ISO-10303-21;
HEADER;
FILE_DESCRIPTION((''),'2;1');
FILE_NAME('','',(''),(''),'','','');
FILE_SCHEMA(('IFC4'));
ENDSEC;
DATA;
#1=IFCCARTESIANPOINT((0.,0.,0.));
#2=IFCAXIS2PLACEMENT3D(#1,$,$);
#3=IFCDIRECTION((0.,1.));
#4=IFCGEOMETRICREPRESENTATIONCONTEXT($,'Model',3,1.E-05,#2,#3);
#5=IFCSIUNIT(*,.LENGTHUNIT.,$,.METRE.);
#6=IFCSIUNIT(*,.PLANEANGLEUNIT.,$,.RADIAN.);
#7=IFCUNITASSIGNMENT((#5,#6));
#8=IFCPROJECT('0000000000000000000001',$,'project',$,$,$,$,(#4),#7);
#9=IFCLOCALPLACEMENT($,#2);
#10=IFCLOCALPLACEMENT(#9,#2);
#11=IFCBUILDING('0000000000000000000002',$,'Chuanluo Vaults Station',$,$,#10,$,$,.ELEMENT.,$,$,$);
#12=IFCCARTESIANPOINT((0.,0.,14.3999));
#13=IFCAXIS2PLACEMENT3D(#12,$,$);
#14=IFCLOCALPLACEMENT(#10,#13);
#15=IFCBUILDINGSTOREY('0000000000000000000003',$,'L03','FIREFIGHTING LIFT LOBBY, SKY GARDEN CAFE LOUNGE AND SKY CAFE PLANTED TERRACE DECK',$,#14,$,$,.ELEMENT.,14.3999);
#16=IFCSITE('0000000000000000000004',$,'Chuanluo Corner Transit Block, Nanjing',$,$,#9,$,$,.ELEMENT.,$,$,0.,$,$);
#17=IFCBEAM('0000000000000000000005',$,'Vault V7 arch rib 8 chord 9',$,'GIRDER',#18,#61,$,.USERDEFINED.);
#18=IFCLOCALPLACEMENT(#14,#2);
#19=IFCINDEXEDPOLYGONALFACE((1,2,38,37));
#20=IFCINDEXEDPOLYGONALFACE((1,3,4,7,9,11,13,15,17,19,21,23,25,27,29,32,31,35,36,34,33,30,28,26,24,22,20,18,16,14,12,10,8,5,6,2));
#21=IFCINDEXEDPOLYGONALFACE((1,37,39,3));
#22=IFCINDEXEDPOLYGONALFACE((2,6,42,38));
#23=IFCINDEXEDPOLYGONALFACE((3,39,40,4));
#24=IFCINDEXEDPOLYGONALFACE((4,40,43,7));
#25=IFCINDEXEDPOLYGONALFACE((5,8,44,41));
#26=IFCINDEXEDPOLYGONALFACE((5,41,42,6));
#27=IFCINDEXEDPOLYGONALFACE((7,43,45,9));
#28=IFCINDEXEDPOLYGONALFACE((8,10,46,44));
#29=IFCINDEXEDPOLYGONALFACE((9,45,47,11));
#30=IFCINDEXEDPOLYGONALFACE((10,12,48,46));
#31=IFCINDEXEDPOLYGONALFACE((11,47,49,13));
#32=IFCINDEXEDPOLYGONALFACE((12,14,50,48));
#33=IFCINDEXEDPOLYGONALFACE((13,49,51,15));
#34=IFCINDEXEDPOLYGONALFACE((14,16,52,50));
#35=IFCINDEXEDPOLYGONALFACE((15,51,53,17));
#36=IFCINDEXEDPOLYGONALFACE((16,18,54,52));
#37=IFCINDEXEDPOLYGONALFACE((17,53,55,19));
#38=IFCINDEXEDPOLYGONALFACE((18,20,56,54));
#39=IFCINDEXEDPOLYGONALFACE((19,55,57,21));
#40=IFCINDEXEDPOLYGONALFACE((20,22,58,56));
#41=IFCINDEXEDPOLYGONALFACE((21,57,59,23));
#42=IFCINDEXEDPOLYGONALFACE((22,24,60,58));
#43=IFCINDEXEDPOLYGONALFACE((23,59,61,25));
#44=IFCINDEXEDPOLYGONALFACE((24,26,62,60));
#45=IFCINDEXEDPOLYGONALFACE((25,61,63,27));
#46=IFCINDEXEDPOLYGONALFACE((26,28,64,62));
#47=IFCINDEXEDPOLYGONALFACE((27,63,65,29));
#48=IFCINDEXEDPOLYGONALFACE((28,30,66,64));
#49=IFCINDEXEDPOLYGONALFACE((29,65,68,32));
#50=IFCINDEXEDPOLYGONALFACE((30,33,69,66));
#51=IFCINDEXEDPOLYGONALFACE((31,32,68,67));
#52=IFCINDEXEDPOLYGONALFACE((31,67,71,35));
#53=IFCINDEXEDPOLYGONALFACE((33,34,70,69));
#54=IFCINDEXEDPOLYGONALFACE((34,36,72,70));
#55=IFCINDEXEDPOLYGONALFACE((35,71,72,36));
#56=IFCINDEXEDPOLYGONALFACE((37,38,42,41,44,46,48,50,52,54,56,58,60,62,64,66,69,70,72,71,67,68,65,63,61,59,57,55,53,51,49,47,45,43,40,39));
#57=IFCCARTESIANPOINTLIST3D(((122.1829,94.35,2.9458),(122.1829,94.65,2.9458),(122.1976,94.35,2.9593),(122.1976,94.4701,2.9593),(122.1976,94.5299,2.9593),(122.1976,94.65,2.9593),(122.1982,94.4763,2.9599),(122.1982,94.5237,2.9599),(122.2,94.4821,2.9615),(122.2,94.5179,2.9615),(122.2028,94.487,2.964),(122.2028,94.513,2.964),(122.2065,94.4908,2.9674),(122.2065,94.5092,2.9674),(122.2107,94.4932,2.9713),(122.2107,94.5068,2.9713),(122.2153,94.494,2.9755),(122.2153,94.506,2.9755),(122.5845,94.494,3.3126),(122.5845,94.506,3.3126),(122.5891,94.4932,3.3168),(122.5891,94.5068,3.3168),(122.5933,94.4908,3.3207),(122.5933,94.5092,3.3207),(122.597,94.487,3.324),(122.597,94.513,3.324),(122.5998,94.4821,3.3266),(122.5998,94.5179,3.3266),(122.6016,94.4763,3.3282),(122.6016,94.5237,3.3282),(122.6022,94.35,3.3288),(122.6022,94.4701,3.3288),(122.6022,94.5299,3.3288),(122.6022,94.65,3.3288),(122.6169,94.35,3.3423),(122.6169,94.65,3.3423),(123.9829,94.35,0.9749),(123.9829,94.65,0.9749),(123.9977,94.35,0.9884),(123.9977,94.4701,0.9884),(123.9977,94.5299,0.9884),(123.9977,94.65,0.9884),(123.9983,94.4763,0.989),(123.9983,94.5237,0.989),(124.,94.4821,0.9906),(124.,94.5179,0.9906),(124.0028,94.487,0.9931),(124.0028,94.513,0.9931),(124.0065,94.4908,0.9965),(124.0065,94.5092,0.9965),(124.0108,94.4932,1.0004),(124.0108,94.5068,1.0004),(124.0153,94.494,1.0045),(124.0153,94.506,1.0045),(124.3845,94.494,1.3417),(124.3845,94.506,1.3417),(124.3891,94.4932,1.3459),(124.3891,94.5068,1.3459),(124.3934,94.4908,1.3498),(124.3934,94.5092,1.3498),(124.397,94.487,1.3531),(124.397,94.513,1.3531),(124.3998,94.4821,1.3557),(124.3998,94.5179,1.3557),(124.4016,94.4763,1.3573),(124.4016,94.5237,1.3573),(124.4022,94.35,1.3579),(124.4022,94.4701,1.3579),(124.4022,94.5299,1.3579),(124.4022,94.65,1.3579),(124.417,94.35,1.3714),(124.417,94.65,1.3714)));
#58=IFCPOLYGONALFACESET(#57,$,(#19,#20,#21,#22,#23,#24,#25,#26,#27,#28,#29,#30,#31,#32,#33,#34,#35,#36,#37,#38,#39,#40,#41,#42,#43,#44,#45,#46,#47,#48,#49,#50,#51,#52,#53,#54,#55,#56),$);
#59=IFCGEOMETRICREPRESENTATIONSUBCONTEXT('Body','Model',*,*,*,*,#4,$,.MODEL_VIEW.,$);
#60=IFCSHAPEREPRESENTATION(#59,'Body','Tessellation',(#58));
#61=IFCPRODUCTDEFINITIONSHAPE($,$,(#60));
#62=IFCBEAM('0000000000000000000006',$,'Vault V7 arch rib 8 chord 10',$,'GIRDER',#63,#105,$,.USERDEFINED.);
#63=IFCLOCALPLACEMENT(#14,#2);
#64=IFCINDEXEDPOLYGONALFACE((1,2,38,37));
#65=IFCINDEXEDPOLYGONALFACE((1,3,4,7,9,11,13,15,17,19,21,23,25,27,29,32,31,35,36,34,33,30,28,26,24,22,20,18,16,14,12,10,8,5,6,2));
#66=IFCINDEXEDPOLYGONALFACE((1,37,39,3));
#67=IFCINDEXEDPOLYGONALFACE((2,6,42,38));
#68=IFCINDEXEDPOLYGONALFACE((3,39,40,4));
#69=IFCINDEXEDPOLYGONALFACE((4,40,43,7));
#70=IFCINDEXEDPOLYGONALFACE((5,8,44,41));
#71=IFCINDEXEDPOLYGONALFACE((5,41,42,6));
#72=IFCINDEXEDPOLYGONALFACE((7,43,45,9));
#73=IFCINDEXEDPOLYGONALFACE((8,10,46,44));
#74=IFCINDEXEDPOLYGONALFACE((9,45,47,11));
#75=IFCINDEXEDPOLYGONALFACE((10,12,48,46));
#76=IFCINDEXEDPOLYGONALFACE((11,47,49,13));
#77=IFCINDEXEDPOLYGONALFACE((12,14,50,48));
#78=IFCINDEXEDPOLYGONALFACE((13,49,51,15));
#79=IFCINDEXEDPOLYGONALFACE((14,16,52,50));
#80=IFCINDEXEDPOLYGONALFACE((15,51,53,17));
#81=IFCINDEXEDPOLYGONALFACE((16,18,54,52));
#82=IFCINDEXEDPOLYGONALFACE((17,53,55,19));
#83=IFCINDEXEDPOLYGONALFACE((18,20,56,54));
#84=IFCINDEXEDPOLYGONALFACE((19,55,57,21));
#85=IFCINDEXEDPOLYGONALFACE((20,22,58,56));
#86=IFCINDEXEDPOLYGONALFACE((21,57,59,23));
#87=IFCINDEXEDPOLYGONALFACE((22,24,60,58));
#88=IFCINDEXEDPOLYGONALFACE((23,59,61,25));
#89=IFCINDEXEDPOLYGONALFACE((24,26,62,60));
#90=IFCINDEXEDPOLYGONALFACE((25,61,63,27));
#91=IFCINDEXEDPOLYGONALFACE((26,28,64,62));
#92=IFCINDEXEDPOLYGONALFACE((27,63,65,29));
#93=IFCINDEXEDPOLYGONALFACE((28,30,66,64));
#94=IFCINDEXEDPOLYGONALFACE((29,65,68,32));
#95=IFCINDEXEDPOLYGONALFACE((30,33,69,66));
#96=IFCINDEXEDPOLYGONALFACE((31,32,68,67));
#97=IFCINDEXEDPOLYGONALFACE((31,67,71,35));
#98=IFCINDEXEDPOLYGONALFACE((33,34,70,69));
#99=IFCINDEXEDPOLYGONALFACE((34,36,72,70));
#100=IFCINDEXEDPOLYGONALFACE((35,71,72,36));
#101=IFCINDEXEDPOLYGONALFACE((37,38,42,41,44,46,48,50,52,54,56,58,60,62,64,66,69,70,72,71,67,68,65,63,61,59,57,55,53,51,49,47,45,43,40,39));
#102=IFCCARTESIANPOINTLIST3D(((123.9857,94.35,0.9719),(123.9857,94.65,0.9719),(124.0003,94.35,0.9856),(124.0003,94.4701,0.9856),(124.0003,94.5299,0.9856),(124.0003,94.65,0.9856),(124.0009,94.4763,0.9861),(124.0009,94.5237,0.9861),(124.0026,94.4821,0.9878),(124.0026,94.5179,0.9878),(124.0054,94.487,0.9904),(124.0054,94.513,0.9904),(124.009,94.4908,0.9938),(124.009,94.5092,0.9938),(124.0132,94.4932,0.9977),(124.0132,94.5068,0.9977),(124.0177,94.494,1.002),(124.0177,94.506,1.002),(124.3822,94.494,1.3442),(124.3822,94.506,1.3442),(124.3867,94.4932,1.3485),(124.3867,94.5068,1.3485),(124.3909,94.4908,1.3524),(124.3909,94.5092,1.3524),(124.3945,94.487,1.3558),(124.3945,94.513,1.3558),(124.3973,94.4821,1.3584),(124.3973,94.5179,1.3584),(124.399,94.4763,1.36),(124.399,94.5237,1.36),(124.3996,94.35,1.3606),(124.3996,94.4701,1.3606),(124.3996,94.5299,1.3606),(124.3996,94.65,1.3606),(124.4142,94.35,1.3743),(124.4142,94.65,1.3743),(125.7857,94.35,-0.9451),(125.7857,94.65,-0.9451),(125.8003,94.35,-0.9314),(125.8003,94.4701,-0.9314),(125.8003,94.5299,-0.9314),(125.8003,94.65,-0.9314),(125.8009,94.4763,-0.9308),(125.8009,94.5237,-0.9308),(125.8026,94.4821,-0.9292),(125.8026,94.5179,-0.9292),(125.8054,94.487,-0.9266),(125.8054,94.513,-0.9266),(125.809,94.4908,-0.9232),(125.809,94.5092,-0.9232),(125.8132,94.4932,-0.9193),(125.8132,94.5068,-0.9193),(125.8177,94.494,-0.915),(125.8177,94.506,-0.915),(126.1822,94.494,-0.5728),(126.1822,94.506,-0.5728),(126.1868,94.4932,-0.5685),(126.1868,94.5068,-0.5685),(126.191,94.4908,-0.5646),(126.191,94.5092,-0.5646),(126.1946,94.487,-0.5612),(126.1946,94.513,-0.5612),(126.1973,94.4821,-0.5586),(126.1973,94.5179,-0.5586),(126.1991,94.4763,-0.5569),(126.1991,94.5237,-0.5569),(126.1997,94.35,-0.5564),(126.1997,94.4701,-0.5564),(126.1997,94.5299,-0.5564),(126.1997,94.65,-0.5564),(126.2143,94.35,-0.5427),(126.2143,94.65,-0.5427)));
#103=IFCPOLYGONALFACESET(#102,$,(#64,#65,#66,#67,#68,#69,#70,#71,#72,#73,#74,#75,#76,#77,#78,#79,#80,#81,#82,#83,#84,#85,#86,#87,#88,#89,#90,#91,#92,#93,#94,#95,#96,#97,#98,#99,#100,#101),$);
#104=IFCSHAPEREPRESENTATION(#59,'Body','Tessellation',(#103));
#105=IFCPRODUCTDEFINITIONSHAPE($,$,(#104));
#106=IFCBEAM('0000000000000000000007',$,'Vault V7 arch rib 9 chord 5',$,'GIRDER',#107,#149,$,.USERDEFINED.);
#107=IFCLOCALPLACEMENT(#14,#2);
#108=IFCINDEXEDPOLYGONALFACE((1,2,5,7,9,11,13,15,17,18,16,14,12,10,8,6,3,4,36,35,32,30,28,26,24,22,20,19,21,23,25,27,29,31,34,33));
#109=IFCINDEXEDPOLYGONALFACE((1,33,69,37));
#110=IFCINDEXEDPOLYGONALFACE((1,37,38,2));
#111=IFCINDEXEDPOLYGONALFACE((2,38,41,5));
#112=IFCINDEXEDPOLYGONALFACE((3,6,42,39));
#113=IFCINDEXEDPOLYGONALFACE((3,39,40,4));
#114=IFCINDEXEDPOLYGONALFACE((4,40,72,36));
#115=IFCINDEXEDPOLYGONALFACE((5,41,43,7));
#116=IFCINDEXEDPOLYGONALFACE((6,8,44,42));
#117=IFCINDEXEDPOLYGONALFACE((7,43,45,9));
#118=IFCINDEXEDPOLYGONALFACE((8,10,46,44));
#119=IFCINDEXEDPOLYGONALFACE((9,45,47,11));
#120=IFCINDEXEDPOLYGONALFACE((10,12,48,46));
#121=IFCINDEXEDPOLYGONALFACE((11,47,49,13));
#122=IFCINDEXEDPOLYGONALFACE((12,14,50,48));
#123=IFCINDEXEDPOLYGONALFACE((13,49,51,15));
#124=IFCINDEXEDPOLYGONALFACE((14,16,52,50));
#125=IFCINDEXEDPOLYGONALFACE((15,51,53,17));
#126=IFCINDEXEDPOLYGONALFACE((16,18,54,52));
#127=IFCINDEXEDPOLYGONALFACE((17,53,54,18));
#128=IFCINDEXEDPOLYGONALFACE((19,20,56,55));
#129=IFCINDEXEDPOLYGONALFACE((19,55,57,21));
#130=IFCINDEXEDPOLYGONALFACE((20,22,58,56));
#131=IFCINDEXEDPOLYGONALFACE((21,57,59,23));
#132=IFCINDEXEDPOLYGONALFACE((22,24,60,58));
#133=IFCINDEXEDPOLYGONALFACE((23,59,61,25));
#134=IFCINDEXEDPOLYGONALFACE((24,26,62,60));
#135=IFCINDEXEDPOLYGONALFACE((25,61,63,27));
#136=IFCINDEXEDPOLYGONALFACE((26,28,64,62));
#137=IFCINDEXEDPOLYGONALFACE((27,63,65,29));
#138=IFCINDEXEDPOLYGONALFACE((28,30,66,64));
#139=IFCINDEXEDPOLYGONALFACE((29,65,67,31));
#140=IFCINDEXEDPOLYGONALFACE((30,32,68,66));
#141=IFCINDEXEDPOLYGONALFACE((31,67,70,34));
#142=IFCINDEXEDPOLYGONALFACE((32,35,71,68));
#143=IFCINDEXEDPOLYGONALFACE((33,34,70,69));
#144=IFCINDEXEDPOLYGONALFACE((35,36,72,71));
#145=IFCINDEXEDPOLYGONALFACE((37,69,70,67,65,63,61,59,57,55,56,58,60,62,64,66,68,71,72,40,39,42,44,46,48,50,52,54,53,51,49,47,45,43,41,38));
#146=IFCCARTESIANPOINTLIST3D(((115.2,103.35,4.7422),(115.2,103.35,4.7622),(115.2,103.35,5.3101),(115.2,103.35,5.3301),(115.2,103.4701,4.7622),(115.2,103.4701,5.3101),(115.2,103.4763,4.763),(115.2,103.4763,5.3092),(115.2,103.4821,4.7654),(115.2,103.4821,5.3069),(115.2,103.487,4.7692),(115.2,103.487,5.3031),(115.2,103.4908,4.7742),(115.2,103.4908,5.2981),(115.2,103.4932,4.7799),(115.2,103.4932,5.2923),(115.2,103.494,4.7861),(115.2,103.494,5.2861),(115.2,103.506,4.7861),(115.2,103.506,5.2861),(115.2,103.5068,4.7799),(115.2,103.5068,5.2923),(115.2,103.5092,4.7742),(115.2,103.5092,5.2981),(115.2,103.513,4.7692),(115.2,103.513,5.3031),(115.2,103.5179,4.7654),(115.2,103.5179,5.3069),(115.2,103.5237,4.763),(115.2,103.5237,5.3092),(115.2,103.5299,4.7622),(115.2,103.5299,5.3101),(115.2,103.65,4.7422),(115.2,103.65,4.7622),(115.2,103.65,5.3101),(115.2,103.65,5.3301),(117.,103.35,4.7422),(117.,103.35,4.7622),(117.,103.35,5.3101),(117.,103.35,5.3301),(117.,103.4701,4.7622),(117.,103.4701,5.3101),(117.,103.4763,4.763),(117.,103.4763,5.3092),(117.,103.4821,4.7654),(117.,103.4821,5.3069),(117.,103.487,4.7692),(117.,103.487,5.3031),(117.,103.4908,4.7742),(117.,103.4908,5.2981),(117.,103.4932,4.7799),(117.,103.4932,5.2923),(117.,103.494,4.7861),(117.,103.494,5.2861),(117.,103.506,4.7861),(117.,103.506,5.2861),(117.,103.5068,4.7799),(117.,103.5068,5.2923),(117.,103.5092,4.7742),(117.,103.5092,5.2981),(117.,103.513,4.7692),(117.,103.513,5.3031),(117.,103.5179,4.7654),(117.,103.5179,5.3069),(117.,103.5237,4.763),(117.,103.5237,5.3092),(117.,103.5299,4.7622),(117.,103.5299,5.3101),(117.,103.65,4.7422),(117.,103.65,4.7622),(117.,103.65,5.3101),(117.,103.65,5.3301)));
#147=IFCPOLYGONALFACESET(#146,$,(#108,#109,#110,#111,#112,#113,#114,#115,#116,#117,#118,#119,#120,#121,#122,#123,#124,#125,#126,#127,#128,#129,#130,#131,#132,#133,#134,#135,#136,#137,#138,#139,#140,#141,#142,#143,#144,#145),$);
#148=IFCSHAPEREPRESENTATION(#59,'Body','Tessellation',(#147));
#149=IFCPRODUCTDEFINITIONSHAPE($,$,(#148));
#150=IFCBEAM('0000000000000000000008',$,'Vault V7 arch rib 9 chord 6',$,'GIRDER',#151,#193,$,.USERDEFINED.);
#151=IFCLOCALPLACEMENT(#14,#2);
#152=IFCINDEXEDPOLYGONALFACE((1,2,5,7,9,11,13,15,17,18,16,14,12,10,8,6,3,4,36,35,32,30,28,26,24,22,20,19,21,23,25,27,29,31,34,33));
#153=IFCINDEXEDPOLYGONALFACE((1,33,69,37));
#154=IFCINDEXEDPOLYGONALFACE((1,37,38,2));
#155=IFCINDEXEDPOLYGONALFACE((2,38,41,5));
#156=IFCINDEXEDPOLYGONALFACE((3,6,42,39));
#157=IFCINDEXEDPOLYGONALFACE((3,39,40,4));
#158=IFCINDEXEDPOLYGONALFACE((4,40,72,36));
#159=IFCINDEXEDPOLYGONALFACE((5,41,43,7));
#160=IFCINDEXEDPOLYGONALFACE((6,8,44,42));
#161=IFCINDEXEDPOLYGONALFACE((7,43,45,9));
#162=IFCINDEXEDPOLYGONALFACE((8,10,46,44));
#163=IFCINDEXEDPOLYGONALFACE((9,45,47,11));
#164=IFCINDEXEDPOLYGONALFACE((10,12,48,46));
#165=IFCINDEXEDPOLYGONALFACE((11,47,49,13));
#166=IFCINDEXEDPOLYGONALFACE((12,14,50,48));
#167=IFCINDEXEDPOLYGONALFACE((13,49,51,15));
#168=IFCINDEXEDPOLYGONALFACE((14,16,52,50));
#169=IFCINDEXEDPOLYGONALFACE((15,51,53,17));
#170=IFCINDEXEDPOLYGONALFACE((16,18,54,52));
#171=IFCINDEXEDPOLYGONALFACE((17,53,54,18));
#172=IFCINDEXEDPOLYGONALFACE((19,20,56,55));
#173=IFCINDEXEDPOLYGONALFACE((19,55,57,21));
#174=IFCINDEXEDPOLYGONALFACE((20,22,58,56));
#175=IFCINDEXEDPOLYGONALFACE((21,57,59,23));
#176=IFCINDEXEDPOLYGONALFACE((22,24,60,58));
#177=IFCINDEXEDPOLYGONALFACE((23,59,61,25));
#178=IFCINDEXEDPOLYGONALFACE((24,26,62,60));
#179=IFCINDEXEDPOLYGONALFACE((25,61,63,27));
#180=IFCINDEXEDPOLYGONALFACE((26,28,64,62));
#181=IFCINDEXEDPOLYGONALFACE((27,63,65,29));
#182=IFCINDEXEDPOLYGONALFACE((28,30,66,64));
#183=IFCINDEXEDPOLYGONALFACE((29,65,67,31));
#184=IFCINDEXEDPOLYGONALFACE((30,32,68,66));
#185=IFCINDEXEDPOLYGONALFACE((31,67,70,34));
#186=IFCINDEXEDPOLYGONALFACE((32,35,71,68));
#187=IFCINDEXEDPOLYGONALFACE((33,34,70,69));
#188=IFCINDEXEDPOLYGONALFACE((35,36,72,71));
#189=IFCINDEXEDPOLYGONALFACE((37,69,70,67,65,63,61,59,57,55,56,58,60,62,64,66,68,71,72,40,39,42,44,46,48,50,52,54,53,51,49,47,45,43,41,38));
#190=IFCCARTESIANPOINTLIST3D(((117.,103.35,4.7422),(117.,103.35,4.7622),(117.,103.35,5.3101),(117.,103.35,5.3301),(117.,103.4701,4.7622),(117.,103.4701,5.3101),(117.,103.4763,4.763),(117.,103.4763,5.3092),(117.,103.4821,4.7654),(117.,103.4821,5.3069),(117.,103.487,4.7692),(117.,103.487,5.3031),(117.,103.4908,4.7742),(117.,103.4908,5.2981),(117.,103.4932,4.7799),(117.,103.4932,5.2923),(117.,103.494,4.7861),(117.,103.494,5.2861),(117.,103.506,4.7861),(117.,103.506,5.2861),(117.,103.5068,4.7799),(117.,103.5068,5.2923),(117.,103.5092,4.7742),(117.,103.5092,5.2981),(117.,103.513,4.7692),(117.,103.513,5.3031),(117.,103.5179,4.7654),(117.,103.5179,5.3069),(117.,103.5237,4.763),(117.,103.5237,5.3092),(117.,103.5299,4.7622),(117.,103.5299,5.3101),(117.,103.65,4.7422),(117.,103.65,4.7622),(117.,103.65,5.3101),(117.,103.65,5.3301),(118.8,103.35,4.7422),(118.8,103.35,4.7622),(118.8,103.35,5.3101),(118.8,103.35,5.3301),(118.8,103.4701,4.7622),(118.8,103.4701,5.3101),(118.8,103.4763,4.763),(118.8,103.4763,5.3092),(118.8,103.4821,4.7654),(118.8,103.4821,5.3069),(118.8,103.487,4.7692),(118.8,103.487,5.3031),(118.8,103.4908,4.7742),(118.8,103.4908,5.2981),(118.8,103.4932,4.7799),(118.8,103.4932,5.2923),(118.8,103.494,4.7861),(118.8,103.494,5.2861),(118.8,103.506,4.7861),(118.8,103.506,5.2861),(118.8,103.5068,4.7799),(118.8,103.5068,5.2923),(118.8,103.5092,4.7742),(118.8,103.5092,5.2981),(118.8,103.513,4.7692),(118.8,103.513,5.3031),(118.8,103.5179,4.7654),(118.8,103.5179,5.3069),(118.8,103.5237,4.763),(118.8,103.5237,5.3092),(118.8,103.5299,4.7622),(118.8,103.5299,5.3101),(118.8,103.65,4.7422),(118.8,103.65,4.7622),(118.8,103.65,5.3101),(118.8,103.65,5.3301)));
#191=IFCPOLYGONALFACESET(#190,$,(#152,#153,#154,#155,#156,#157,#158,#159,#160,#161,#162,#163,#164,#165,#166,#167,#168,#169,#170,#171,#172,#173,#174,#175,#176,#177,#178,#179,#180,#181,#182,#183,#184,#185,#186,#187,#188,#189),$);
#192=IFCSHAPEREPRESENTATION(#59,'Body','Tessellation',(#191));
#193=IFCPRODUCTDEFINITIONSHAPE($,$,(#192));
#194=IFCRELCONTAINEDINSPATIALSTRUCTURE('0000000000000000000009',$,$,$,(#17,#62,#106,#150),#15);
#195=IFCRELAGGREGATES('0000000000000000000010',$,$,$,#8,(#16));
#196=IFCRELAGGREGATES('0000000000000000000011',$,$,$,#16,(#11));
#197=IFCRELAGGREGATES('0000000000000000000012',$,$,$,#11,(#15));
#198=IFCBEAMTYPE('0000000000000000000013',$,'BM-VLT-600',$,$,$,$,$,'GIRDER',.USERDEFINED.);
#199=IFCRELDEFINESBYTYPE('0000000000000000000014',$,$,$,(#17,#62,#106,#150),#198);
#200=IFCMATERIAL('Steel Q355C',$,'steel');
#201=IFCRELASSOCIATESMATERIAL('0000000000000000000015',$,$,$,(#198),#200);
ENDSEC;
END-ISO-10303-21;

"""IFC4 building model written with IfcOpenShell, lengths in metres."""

from ifc_helpers import new_model, si_unit, direction, frame, origin, origin_2d, place, context, subcontext, project, spatial, i_section, extrude, material, material_profile, profile_set, type_object, element, save


model = new_model("IFC4")

# Units and contexts
model_context = context("Model", 3, precision=1e-05, world=origin(), true_north=direction((0.0, 1.0)))
body_context = subcontext(model_context, "Body", "Model", "MODEL_VIEW")
ifc_project = project(units=[si_unit("LENGTHUNIT", "METRE"), si_unit("PLANEANGLEUNIT", "RADIAN")], contexts=[model_context])

# Site, building, storey
site_placement = place(None, origin())
site = spatial("IfcSite", under=ifc_project, at=site_placement, Name="Chuanluo Corner Transit Block, Nanjing", CompositionType="ELEMENT", RefElevation=0.0)
building_placement = place(site_placement, origin())
building = spatial("IfcBuilding", under=site, at=building_placement, Name="Chuanluo Vaults Station", CompositionType="ELEMENT")
storey_placement = place(building_placement, frame((0.0, 0.0, 14.3999)))
storey = spatial("IfcBuildingStorey", under=building, at=storey_placement, Name="L03", Description="FIREFIGHTING LIFT LOBBY, SKY GARDEN CAFE LOUNGE AND SKY CAFE PLANTED TERRACE DECK", CompositionType="ELEMENT", Elevation=14.3999)

# Beams
ifc_material_1 = material(Name="Steel Q355C", Category="steel")
ifc_material_profile_1 = material_profile(ifc_material_1, i_section(OverallWidth=0.3, OverallDepth=0.5879, WebThickness=0.012, FlangeThickness=0.02, FilletRadius=0.0239, at=origin_2d()))
ifc_profile_set_1 = profile_set([ifc_material_profile_1], Name="Steel Q355C")
beam_type_1 = type_object("IfcBeamType", Name="BM-VLT-600", ElementType="GIRDER", PredefinedType="USERDEFINED", material=ifc_profile_set_1)
beam_1_placement = place(storey_placement, frame((122.3999, 94.5, 3.144), z_axis=(0.674369, 0.0, -0.738394), x_axis=(0.0, 1.0, 0.0)))
element("IfcBeam", 1, at=beam_1_placement, inside=storey, type_object=beam_type_1, Name="Vault V7 arch rib 8 chord 9", ObjectType="GIRDER", PredefinedType="USERDEFINED", context=body_context, shape_type="SweptSolid", body=[
    extrude(i_section(OverallWidth=0.3, OverallDepth=0.5879, WebThickness=0.012, FlangeThickness=0.02, FilletRadius=0.0239, at=origin_2d()), origin(), (0.0, 0.0, 1.0), 2.6692),
])
beam_2_placement = place(storey_placement, frame((124.2, 94.5, 1.1731), z_axis=(0.684522, 0.0, -0.728993), x_axis=(0.0, 1.0, 0.0)))
element("IfcBeam", 2, at=beam_2_placement, inside=storey, type_object=beam_type_1, Name="Vault V7 arch rib 8 chord 10", ObjectType="GIRDER", PredefinedType="USERDEFINED", context=body_context, shape_type="SweptSolid", body=[
    extrude(i_section(OverallWidth=0.3, OverallDepth=0.5879, WebThickness=0.012, FlangeThickness=0.02, FilletRadius=0.0239, at=origin_2d()), origin(), (0.0, 0.0, 1.0), 2.6296),
])
for number, where, z_axis, x_axis, name in (
    (3, (115.2, 103.5, 5.0361), (1.0, 0.0, 0.0), (0.0, 1.0, 0.0), "Vault V7 arch rib 9 chord 5"),
    (4, (117.0, 103.5, 5.0361), (1.0, 0.0, 0.0), (0.0, 1.0, 0.0), "Vault V7 arch rib 9 chord 6"),
):
    element("IfcBeam", number, at=place(storey_placement, frame(where, z_axis=z_axis, x_axis=x_axis)), inside=storey, type_object=beam_type_1, Name=name, ObjectType="GIRDER", PredefinedType="USERDEFINED", context=body_context, shape_type="SweptSolid", body=[
        extrude(i_section(OverallWidth=0.3, OverallDepth=0.5879, WebThickness=0.012, FlangeThickness=0.02, FilletRadius=0.0239, at=origin_2d()), origin(), (0.0, 0.0, 1.0), 1.8),
    ])

save(model, "model.ifc")
